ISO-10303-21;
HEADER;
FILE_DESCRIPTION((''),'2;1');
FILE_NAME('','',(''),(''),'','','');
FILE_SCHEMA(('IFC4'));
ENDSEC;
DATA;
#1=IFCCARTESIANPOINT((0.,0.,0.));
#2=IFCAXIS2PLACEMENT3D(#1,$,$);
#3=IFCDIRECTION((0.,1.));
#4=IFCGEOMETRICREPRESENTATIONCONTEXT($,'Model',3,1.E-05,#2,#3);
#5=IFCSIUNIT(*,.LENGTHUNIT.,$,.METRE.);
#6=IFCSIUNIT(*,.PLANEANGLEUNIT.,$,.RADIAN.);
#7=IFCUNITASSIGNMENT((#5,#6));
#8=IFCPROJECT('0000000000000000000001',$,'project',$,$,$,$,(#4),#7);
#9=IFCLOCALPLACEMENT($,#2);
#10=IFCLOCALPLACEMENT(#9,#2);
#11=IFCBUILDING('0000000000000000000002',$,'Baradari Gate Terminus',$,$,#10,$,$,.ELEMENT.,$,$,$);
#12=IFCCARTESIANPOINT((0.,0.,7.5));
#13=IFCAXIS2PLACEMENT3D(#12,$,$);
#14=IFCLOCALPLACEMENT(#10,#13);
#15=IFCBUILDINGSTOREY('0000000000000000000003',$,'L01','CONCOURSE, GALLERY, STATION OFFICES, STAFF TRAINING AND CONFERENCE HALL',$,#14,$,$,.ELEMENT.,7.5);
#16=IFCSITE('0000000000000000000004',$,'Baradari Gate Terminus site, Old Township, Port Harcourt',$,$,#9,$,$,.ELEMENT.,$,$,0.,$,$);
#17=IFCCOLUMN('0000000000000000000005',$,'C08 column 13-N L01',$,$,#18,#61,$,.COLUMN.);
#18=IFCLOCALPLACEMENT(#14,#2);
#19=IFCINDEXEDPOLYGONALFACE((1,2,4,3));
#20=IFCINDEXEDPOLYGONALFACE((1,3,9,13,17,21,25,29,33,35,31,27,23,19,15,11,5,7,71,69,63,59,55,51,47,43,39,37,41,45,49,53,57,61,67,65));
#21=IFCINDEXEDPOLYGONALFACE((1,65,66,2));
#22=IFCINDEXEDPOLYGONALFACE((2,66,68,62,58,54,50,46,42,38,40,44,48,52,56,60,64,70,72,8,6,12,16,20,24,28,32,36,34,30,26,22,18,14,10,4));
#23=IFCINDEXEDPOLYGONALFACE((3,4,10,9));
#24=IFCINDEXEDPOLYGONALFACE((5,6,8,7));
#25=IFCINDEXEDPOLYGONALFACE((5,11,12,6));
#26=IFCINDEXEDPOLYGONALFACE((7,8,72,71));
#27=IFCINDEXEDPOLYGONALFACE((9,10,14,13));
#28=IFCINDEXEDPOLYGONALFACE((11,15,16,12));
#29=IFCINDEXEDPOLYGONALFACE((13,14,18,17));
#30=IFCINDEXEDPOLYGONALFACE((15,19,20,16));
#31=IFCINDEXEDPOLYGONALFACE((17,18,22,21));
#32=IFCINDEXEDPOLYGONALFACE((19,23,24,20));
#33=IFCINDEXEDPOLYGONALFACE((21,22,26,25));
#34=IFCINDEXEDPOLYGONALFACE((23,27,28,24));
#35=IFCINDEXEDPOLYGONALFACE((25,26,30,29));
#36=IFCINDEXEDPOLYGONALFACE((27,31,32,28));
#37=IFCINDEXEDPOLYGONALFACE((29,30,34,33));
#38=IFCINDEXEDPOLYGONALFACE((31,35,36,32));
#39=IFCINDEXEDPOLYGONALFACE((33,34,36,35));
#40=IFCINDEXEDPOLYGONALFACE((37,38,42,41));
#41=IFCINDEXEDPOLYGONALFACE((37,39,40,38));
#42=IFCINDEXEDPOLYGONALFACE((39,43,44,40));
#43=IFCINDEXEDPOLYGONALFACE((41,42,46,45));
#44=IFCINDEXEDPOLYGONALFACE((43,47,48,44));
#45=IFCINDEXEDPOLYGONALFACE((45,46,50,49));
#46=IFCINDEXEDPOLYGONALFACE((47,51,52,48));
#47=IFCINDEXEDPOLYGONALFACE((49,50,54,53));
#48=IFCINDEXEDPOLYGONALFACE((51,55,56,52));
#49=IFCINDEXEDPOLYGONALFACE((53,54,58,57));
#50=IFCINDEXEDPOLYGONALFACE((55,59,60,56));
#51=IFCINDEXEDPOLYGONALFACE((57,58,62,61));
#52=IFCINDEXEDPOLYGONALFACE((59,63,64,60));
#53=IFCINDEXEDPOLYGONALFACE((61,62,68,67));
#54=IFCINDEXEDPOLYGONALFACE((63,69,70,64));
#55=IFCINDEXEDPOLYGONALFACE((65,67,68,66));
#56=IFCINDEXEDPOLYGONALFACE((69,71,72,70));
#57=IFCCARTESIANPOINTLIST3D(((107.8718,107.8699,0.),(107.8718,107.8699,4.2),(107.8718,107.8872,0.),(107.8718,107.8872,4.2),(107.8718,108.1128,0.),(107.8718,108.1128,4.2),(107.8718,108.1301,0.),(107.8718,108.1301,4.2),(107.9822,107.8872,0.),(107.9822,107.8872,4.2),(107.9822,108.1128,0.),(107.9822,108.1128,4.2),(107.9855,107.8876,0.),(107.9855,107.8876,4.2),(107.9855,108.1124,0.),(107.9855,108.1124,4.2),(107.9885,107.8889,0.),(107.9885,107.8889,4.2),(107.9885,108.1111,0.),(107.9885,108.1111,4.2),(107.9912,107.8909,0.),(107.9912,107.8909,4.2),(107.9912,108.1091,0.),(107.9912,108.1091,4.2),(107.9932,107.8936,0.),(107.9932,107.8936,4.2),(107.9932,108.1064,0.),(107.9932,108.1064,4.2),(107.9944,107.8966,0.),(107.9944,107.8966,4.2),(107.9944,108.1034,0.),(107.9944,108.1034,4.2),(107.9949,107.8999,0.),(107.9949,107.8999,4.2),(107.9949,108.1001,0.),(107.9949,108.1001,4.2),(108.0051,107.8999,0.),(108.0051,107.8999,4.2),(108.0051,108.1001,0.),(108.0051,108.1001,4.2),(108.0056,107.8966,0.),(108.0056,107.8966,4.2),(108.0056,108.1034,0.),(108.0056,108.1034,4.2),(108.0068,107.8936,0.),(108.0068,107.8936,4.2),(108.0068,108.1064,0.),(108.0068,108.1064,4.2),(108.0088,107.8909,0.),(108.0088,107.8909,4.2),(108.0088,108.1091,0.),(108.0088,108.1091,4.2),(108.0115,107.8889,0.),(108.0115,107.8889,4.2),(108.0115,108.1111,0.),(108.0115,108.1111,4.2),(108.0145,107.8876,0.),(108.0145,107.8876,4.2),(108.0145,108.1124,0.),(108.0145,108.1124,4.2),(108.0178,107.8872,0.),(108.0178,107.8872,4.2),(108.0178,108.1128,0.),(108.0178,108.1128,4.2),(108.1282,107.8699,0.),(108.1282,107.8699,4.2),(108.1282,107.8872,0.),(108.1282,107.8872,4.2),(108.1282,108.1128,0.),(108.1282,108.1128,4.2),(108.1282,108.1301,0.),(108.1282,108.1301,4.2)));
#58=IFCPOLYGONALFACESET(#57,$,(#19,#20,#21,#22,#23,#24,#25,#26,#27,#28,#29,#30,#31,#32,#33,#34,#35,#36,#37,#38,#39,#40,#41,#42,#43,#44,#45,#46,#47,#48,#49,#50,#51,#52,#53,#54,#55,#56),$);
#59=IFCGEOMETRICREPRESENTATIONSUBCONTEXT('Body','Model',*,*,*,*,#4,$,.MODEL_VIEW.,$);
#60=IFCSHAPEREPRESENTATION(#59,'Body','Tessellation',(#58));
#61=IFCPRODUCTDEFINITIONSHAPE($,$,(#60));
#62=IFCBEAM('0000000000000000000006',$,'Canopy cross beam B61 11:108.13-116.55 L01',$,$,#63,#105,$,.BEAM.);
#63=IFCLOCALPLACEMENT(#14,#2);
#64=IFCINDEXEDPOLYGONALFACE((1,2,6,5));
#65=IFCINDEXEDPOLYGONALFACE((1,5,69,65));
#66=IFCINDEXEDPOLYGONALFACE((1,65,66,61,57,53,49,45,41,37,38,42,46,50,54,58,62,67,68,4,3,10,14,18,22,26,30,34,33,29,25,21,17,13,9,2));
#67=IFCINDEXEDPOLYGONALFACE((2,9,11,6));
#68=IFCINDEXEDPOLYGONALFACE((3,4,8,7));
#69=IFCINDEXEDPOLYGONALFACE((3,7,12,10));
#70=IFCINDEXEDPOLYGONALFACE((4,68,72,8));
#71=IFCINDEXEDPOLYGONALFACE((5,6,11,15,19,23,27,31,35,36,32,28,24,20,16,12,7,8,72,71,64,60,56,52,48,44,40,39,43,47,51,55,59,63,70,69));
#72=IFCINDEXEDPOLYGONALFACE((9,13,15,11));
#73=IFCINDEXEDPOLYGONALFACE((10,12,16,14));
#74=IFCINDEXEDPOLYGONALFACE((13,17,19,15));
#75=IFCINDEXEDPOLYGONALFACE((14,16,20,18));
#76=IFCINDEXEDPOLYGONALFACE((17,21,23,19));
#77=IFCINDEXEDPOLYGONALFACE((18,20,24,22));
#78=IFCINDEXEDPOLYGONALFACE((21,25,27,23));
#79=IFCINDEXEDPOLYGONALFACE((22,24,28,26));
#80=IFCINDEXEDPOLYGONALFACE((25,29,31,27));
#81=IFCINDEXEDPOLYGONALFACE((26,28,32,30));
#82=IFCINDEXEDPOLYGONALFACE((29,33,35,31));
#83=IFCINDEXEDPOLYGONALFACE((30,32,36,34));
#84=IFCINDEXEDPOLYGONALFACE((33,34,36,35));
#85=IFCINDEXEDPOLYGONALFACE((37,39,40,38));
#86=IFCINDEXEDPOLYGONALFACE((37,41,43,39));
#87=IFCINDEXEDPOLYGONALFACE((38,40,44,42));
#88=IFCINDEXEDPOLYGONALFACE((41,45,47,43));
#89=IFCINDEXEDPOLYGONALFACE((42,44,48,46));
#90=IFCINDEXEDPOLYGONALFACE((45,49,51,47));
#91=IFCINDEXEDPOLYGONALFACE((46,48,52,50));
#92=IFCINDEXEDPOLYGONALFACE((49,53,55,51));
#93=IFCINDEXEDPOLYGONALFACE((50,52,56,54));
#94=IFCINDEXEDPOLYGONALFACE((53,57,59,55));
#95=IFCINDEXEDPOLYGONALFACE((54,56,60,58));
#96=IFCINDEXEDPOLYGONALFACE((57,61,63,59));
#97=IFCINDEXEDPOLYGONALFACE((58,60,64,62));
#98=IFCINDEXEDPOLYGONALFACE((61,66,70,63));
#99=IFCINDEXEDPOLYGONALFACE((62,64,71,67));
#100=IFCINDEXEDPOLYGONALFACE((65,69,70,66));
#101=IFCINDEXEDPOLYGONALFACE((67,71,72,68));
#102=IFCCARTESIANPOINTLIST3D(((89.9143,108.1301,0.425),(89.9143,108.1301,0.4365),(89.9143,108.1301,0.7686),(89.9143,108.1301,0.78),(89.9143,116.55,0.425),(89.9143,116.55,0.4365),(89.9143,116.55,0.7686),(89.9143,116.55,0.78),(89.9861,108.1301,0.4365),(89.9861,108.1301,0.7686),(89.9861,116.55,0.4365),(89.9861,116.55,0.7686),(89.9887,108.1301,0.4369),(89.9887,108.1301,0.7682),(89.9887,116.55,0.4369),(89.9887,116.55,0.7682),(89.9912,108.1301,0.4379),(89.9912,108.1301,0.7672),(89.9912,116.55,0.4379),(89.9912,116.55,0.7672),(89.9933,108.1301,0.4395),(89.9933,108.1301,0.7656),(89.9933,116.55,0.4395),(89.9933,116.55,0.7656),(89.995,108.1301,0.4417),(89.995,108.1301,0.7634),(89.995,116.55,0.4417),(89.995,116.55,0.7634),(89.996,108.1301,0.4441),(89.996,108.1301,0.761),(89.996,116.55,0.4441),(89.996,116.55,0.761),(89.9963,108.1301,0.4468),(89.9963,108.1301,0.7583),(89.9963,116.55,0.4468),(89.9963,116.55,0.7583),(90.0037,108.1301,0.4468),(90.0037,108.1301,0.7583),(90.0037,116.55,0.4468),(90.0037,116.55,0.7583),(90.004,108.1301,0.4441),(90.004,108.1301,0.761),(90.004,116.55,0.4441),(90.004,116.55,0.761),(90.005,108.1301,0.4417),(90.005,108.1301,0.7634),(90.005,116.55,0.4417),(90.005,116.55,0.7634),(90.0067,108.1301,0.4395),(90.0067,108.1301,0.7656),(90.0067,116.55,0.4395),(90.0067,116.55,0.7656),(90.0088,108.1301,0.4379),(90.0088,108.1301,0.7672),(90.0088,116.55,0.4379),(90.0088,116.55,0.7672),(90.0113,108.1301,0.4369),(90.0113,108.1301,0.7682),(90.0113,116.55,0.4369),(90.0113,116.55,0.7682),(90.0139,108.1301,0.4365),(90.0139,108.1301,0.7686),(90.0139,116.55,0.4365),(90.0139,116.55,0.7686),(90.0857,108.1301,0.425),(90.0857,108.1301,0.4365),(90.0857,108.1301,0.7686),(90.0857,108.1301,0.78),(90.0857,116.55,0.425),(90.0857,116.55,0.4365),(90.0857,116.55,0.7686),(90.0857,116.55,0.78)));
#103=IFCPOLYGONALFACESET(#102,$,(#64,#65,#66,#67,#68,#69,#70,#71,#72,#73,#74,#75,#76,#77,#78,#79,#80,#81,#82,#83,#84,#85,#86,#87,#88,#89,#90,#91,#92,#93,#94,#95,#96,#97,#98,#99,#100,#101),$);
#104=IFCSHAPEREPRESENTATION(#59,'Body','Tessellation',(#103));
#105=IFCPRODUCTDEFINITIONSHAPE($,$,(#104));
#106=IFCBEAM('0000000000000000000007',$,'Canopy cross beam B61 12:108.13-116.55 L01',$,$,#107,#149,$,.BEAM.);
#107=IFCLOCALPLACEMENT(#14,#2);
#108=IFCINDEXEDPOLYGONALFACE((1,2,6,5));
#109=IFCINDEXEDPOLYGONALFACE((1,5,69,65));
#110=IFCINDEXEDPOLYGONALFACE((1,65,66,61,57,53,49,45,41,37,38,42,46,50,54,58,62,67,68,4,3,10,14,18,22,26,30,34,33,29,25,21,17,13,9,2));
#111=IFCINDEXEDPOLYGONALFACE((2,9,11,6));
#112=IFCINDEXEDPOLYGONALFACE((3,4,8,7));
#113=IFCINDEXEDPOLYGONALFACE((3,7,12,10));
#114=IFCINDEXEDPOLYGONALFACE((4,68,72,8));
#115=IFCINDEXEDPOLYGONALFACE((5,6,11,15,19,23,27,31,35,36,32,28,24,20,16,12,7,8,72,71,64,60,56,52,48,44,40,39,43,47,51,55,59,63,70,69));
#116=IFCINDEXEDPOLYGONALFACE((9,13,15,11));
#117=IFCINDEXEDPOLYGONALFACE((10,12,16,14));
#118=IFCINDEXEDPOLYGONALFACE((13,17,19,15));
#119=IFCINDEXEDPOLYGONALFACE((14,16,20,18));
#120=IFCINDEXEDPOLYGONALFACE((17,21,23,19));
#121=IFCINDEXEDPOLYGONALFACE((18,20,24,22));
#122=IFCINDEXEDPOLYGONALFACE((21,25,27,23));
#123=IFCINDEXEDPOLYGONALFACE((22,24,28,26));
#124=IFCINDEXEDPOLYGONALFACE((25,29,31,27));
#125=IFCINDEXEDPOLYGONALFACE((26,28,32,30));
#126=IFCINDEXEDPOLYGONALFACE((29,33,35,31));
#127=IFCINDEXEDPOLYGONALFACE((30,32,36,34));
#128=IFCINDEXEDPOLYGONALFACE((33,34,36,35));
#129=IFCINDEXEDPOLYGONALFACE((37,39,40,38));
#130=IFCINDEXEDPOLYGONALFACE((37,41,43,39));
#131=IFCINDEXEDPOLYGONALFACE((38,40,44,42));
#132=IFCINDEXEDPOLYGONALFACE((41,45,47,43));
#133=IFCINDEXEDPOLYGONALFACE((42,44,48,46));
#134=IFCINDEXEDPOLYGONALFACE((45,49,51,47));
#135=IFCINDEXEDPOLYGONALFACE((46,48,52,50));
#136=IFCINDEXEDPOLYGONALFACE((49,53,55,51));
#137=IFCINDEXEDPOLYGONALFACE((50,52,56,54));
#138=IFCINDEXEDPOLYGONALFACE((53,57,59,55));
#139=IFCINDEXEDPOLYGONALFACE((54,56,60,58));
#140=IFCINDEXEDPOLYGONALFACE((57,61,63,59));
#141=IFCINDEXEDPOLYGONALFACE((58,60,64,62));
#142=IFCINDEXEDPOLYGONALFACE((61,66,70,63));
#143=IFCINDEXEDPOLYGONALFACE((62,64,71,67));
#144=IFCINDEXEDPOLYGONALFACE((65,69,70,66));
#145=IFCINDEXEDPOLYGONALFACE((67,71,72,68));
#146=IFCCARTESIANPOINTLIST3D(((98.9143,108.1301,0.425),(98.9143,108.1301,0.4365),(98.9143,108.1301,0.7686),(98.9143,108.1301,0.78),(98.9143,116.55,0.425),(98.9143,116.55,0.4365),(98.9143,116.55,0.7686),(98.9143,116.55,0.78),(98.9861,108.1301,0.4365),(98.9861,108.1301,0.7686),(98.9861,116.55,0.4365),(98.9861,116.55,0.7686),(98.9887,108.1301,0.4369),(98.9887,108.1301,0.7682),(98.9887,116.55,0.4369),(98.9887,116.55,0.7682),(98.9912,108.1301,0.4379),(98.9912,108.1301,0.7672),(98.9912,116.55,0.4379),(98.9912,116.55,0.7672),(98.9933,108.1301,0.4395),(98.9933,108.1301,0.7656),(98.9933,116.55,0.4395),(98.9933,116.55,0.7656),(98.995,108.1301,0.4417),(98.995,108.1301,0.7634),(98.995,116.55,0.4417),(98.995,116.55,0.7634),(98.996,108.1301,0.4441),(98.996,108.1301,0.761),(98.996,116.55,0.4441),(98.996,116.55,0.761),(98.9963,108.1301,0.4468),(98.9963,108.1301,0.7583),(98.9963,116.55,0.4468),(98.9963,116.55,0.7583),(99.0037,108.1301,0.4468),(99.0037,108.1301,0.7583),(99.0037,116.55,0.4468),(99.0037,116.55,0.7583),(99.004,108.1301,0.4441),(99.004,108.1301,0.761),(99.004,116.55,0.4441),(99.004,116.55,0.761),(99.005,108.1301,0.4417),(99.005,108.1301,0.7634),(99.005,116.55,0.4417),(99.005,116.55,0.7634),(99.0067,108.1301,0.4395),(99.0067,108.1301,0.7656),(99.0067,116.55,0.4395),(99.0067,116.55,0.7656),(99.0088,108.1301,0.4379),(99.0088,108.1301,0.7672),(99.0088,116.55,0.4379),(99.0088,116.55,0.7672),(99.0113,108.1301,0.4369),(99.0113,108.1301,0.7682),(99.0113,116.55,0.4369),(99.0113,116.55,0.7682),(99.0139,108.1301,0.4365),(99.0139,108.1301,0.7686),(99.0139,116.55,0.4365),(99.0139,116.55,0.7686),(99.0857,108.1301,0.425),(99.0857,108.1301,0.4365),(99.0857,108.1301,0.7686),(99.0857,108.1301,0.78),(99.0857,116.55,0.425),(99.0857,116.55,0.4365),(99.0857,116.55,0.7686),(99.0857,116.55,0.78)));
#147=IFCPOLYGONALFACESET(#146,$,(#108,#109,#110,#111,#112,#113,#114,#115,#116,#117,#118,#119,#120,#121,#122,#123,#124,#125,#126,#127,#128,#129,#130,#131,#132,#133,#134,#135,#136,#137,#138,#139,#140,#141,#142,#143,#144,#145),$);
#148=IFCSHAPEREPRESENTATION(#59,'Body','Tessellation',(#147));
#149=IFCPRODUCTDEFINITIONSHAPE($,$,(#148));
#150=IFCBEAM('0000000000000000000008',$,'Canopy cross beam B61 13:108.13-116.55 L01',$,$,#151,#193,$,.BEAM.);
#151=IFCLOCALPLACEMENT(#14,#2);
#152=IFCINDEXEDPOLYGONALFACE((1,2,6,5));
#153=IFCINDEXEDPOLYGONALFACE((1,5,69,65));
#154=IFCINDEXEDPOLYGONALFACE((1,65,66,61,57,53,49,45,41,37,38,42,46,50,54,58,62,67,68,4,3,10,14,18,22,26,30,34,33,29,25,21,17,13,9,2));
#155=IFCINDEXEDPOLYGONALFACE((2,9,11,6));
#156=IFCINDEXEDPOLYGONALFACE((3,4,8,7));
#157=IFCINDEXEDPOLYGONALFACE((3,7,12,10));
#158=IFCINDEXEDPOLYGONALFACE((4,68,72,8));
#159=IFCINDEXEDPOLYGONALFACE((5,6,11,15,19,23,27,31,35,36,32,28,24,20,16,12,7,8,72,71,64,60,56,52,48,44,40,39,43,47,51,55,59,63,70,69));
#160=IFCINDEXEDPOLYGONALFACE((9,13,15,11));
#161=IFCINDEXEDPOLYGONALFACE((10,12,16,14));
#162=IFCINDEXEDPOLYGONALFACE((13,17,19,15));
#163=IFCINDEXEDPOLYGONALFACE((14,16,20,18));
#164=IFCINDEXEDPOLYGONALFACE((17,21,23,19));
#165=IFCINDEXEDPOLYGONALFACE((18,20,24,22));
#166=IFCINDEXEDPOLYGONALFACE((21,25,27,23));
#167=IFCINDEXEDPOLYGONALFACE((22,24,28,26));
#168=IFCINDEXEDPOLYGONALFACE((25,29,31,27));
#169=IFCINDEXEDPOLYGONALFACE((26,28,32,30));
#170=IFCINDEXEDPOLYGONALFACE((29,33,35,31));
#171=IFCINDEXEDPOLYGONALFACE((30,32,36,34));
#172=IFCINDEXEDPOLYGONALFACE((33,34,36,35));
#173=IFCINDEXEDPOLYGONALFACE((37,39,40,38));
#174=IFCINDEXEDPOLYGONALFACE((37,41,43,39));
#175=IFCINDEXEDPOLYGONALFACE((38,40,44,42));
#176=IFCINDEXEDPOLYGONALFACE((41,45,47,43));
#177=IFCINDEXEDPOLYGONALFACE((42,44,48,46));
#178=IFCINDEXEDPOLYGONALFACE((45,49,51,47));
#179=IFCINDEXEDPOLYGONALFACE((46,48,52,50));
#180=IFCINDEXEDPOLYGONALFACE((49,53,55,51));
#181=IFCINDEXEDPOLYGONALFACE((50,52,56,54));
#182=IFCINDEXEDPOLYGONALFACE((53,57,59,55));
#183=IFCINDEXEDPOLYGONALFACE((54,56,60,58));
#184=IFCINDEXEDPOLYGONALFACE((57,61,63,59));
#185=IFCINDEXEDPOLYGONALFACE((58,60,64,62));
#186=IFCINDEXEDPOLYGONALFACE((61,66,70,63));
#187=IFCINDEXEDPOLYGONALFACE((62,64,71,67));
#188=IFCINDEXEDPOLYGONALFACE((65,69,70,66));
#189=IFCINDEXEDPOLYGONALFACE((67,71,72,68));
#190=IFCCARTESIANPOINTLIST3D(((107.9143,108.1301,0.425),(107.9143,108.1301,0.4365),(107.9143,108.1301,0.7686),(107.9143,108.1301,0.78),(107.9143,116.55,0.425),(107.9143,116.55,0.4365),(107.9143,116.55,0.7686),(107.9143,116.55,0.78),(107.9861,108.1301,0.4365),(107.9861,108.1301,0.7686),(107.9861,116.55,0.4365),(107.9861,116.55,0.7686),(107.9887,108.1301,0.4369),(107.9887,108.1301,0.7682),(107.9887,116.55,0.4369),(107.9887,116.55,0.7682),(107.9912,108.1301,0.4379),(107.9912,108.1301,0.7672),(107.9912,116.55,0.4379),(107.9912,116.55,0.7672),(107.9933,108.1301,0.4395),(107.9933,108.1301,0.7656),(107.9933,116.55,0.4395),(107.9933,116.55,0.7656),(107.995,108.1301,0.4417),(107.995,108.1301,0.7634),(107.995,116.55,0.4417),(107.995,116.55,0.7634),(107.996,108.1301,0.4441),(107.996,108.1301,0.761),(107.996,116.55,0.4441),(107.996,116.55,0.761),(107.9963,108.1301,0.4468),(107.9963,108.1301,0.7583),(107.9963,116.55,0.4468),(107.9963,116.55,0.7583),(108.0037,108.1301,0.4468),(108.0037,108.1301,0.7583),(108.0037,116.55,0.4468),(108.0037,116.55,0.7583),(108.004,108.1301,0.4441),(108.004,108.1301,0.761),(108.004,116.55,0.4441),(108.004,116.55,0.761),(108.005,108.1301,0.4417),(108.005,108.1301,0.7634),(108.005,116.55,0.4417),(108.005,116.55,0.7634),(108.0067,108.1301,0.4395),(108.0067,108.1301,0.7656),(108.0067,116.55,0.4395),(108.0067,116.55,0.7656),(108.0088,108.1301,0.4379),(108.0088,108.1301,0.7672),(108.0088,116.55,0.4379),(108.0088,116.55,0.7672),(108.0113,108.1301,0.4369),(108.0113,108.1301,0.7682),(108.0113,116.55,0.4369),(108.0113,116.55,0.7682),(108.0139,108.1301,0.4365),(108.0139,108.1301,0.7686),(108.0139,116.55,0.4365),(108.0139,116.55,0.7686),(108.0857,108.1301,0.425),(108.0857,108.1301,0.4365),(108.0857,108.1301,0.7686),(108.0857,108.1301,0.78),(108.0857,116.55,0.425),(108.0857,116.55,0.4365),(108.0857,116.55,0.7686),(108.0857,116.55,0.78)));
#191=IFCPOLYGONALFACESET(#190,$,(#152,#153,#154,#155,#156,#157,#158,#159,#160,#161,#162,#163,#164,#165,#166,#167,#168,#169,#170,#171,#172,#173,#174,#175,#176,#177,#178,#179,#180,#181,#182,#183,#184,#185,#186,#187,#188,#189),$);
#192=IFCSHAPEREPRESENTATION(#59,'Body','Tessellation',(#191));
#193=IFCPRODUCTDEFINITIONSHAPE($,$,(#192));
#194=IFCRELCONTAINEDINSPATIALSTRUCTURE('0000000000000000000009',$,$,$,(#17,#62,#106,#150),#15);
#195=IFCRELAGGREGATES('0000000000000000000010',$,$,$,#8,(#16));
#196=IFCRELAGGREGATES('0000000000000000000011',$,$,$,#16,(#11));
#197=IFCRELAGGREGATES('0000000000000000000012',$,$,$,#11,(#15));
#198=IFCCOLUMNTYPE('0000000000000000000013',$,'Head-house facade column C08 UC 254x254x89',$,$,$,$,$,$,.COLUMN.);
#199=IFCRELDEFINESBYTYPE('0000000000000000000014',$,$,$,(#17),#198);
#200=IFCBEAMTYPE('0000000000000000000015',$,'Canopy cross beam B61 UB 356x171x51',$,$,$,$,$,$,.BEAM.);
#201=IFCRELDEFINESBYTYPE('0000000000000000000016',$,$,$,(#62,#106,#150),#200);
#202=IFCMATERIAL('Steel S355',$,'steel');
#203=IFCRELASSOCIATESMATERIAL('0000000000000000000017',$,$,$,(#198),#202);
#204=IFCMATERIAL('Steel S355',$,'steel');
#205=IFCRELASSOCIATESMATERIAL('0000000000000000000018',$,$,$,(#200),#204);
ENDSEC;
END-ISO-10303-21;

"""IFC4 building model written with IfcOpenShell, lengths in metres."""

from ifc_helpers import new_model, si_unit, direction, frame, origin, origin_2d, place, context, subcontext, project, spatial, i_section, extrude, material, material_profile, profile_set, type_object, element, save


model = new_model("IFC4")

# Units and contexts
model_context = context("Model", 3, precision=1e-05, world=origin(), true_north=direction((0.0, 1.0)))
body_context = subcontext(model_context, "Body", "Model", "MODEL_VIEW")
ifc_project = project(units=[si_unit("LENGTHUNIT", "METRE"), si_unit("PLANEANGLEUNIT", "RADIAN")], contexts=[model_context])

# Site, building, storey
site_placement = place(None, origin())
site = spatial("IfcSite", under=ifc_project, at=site_placement, Name="Baradari Gate Terminus site, Old Township, Port Harcourt", CompositionType="ELEMENT", RefElevation=0.0)
building_placement = place(site_placement, origin())
building = spatial("IfcBuilding", under=site, at=building_placement, Name="Baradari Gate Terminus", CompositionType="ELEMENT")
storey_placement = place(building_placement, frame((0.0, 0.0, 7.5)))
storey = spatial("IfcBuildingStorey", under=building, at=storey_placement, Name="L01", Description="CONCOURSE, GALLERY, STATION OFFICES, STAFF TRAINING AND CONFERENCE HALL", CompositionType="ELEMENT", Elevation=7.5)

# Column
ifc_material_1 = material(Name="Steel S355", Category="steel")
ifc_material_profile_1 = material_profile(ifc_material_1, i_section(OverallWidth=0.2563, OverallDepth=0.2603, WebThickness=0.0103, FlangeThickness=0.0173, FilletRadius=0.0127, at=origin_2d()), Name="UC 254x254x89")
ifc_profile_set_1 = profile_set([ifc_material_profile_1], Name="Steel S355")
column_type = type_object("IfcColumnType", Name="Head-house facade column C08 UC 254x254x89", PredefinedType="COLUMN", material=ifc_profile_set_1)
column_placement = place(storey_placement, frame((108.0, 108.0, 0.0), z_axis=(0.0, 0.0, 1.0), x_axis=(1.0, 0.0, 0.0)))
element("IfcColumn", 1, at=column_placement, inside=storey, type_object=column_type, Name="C08 column 13-N L01", PredefinedType="COLUMN", context=body_context, shape_type="SweptSolid", body=[
    extrude(i_section(OverallWidth=0.2563, OverallDepth=0.2603, WebThickness=0.0103, FlangeThickness=0.0173, FilletRadius=0.0127, at=origin_2d()), origin(), (0.0, 0.0, 1.0), 4.2),
])

# Beams
ifc_material_2 = material(Name="Steel S355", Category="steel")
ifc_material_profile_2 = material_profile(ifc_material_2, i_section(OverallWidth=0.1714, OverallDepth=0.355, WebThickness=0.0073, FlangeThickness=0.0115, FilletRadius=0.0103, at=origin_2d()), Name="UB 356x171x51")
ifc_profile_set_2 = profile_set([ifc_material_profile_2], Name="Steel S355")
beam_type_1 = type_object("IfcBeamType", Name="Canopy cross beam B61 UB 356x171x51", PredefinedType="BEAM", material=ifc_profile_set_2)
for number, where, z_axis, x_axis, name in (
    (2, (90.0, 108.1301, 0.6025), (0.0, 1.0, 0.0), (-1.0, 0.0, 0.0), "Canopy cross beam B61 11:108.13-116.55 L01"),
    (3, (99.0, 108.1301, 0.6025), (0.0, 1.0, 0.0), (-1.0, 0.0, 0.0), "Canopy cross beam B61 12:108.13-116.55 L01"),
    (4, (108.0, 108.1301, 0.6025), (0.0, 1.0, 0.0), (-1.0, 0.0, 0.0), "Canopy cross beam B61 13:108.13-116.55 L01"),
):
    element("IfcBeam", number, at=place(storey_placement, frame(where, z_axis=z_axis, x_axis=x_axis)), inside=storey, type_object=beam_type_1, Name=name, PredefinedType="BEAM", context=body_context, shape_type="SweptSolid", body=[
        extrude(i_section(OverallWidth=0.1714, OverallDepth=0.355, WebThickness=0.0073, FlangeThickness=0.0115, FilletRadius=0.0103, at=origin_2d()), origin(), (0.0, 0.0, 1.0), 8.4199),
    ])

save(model, "model.ifc")
